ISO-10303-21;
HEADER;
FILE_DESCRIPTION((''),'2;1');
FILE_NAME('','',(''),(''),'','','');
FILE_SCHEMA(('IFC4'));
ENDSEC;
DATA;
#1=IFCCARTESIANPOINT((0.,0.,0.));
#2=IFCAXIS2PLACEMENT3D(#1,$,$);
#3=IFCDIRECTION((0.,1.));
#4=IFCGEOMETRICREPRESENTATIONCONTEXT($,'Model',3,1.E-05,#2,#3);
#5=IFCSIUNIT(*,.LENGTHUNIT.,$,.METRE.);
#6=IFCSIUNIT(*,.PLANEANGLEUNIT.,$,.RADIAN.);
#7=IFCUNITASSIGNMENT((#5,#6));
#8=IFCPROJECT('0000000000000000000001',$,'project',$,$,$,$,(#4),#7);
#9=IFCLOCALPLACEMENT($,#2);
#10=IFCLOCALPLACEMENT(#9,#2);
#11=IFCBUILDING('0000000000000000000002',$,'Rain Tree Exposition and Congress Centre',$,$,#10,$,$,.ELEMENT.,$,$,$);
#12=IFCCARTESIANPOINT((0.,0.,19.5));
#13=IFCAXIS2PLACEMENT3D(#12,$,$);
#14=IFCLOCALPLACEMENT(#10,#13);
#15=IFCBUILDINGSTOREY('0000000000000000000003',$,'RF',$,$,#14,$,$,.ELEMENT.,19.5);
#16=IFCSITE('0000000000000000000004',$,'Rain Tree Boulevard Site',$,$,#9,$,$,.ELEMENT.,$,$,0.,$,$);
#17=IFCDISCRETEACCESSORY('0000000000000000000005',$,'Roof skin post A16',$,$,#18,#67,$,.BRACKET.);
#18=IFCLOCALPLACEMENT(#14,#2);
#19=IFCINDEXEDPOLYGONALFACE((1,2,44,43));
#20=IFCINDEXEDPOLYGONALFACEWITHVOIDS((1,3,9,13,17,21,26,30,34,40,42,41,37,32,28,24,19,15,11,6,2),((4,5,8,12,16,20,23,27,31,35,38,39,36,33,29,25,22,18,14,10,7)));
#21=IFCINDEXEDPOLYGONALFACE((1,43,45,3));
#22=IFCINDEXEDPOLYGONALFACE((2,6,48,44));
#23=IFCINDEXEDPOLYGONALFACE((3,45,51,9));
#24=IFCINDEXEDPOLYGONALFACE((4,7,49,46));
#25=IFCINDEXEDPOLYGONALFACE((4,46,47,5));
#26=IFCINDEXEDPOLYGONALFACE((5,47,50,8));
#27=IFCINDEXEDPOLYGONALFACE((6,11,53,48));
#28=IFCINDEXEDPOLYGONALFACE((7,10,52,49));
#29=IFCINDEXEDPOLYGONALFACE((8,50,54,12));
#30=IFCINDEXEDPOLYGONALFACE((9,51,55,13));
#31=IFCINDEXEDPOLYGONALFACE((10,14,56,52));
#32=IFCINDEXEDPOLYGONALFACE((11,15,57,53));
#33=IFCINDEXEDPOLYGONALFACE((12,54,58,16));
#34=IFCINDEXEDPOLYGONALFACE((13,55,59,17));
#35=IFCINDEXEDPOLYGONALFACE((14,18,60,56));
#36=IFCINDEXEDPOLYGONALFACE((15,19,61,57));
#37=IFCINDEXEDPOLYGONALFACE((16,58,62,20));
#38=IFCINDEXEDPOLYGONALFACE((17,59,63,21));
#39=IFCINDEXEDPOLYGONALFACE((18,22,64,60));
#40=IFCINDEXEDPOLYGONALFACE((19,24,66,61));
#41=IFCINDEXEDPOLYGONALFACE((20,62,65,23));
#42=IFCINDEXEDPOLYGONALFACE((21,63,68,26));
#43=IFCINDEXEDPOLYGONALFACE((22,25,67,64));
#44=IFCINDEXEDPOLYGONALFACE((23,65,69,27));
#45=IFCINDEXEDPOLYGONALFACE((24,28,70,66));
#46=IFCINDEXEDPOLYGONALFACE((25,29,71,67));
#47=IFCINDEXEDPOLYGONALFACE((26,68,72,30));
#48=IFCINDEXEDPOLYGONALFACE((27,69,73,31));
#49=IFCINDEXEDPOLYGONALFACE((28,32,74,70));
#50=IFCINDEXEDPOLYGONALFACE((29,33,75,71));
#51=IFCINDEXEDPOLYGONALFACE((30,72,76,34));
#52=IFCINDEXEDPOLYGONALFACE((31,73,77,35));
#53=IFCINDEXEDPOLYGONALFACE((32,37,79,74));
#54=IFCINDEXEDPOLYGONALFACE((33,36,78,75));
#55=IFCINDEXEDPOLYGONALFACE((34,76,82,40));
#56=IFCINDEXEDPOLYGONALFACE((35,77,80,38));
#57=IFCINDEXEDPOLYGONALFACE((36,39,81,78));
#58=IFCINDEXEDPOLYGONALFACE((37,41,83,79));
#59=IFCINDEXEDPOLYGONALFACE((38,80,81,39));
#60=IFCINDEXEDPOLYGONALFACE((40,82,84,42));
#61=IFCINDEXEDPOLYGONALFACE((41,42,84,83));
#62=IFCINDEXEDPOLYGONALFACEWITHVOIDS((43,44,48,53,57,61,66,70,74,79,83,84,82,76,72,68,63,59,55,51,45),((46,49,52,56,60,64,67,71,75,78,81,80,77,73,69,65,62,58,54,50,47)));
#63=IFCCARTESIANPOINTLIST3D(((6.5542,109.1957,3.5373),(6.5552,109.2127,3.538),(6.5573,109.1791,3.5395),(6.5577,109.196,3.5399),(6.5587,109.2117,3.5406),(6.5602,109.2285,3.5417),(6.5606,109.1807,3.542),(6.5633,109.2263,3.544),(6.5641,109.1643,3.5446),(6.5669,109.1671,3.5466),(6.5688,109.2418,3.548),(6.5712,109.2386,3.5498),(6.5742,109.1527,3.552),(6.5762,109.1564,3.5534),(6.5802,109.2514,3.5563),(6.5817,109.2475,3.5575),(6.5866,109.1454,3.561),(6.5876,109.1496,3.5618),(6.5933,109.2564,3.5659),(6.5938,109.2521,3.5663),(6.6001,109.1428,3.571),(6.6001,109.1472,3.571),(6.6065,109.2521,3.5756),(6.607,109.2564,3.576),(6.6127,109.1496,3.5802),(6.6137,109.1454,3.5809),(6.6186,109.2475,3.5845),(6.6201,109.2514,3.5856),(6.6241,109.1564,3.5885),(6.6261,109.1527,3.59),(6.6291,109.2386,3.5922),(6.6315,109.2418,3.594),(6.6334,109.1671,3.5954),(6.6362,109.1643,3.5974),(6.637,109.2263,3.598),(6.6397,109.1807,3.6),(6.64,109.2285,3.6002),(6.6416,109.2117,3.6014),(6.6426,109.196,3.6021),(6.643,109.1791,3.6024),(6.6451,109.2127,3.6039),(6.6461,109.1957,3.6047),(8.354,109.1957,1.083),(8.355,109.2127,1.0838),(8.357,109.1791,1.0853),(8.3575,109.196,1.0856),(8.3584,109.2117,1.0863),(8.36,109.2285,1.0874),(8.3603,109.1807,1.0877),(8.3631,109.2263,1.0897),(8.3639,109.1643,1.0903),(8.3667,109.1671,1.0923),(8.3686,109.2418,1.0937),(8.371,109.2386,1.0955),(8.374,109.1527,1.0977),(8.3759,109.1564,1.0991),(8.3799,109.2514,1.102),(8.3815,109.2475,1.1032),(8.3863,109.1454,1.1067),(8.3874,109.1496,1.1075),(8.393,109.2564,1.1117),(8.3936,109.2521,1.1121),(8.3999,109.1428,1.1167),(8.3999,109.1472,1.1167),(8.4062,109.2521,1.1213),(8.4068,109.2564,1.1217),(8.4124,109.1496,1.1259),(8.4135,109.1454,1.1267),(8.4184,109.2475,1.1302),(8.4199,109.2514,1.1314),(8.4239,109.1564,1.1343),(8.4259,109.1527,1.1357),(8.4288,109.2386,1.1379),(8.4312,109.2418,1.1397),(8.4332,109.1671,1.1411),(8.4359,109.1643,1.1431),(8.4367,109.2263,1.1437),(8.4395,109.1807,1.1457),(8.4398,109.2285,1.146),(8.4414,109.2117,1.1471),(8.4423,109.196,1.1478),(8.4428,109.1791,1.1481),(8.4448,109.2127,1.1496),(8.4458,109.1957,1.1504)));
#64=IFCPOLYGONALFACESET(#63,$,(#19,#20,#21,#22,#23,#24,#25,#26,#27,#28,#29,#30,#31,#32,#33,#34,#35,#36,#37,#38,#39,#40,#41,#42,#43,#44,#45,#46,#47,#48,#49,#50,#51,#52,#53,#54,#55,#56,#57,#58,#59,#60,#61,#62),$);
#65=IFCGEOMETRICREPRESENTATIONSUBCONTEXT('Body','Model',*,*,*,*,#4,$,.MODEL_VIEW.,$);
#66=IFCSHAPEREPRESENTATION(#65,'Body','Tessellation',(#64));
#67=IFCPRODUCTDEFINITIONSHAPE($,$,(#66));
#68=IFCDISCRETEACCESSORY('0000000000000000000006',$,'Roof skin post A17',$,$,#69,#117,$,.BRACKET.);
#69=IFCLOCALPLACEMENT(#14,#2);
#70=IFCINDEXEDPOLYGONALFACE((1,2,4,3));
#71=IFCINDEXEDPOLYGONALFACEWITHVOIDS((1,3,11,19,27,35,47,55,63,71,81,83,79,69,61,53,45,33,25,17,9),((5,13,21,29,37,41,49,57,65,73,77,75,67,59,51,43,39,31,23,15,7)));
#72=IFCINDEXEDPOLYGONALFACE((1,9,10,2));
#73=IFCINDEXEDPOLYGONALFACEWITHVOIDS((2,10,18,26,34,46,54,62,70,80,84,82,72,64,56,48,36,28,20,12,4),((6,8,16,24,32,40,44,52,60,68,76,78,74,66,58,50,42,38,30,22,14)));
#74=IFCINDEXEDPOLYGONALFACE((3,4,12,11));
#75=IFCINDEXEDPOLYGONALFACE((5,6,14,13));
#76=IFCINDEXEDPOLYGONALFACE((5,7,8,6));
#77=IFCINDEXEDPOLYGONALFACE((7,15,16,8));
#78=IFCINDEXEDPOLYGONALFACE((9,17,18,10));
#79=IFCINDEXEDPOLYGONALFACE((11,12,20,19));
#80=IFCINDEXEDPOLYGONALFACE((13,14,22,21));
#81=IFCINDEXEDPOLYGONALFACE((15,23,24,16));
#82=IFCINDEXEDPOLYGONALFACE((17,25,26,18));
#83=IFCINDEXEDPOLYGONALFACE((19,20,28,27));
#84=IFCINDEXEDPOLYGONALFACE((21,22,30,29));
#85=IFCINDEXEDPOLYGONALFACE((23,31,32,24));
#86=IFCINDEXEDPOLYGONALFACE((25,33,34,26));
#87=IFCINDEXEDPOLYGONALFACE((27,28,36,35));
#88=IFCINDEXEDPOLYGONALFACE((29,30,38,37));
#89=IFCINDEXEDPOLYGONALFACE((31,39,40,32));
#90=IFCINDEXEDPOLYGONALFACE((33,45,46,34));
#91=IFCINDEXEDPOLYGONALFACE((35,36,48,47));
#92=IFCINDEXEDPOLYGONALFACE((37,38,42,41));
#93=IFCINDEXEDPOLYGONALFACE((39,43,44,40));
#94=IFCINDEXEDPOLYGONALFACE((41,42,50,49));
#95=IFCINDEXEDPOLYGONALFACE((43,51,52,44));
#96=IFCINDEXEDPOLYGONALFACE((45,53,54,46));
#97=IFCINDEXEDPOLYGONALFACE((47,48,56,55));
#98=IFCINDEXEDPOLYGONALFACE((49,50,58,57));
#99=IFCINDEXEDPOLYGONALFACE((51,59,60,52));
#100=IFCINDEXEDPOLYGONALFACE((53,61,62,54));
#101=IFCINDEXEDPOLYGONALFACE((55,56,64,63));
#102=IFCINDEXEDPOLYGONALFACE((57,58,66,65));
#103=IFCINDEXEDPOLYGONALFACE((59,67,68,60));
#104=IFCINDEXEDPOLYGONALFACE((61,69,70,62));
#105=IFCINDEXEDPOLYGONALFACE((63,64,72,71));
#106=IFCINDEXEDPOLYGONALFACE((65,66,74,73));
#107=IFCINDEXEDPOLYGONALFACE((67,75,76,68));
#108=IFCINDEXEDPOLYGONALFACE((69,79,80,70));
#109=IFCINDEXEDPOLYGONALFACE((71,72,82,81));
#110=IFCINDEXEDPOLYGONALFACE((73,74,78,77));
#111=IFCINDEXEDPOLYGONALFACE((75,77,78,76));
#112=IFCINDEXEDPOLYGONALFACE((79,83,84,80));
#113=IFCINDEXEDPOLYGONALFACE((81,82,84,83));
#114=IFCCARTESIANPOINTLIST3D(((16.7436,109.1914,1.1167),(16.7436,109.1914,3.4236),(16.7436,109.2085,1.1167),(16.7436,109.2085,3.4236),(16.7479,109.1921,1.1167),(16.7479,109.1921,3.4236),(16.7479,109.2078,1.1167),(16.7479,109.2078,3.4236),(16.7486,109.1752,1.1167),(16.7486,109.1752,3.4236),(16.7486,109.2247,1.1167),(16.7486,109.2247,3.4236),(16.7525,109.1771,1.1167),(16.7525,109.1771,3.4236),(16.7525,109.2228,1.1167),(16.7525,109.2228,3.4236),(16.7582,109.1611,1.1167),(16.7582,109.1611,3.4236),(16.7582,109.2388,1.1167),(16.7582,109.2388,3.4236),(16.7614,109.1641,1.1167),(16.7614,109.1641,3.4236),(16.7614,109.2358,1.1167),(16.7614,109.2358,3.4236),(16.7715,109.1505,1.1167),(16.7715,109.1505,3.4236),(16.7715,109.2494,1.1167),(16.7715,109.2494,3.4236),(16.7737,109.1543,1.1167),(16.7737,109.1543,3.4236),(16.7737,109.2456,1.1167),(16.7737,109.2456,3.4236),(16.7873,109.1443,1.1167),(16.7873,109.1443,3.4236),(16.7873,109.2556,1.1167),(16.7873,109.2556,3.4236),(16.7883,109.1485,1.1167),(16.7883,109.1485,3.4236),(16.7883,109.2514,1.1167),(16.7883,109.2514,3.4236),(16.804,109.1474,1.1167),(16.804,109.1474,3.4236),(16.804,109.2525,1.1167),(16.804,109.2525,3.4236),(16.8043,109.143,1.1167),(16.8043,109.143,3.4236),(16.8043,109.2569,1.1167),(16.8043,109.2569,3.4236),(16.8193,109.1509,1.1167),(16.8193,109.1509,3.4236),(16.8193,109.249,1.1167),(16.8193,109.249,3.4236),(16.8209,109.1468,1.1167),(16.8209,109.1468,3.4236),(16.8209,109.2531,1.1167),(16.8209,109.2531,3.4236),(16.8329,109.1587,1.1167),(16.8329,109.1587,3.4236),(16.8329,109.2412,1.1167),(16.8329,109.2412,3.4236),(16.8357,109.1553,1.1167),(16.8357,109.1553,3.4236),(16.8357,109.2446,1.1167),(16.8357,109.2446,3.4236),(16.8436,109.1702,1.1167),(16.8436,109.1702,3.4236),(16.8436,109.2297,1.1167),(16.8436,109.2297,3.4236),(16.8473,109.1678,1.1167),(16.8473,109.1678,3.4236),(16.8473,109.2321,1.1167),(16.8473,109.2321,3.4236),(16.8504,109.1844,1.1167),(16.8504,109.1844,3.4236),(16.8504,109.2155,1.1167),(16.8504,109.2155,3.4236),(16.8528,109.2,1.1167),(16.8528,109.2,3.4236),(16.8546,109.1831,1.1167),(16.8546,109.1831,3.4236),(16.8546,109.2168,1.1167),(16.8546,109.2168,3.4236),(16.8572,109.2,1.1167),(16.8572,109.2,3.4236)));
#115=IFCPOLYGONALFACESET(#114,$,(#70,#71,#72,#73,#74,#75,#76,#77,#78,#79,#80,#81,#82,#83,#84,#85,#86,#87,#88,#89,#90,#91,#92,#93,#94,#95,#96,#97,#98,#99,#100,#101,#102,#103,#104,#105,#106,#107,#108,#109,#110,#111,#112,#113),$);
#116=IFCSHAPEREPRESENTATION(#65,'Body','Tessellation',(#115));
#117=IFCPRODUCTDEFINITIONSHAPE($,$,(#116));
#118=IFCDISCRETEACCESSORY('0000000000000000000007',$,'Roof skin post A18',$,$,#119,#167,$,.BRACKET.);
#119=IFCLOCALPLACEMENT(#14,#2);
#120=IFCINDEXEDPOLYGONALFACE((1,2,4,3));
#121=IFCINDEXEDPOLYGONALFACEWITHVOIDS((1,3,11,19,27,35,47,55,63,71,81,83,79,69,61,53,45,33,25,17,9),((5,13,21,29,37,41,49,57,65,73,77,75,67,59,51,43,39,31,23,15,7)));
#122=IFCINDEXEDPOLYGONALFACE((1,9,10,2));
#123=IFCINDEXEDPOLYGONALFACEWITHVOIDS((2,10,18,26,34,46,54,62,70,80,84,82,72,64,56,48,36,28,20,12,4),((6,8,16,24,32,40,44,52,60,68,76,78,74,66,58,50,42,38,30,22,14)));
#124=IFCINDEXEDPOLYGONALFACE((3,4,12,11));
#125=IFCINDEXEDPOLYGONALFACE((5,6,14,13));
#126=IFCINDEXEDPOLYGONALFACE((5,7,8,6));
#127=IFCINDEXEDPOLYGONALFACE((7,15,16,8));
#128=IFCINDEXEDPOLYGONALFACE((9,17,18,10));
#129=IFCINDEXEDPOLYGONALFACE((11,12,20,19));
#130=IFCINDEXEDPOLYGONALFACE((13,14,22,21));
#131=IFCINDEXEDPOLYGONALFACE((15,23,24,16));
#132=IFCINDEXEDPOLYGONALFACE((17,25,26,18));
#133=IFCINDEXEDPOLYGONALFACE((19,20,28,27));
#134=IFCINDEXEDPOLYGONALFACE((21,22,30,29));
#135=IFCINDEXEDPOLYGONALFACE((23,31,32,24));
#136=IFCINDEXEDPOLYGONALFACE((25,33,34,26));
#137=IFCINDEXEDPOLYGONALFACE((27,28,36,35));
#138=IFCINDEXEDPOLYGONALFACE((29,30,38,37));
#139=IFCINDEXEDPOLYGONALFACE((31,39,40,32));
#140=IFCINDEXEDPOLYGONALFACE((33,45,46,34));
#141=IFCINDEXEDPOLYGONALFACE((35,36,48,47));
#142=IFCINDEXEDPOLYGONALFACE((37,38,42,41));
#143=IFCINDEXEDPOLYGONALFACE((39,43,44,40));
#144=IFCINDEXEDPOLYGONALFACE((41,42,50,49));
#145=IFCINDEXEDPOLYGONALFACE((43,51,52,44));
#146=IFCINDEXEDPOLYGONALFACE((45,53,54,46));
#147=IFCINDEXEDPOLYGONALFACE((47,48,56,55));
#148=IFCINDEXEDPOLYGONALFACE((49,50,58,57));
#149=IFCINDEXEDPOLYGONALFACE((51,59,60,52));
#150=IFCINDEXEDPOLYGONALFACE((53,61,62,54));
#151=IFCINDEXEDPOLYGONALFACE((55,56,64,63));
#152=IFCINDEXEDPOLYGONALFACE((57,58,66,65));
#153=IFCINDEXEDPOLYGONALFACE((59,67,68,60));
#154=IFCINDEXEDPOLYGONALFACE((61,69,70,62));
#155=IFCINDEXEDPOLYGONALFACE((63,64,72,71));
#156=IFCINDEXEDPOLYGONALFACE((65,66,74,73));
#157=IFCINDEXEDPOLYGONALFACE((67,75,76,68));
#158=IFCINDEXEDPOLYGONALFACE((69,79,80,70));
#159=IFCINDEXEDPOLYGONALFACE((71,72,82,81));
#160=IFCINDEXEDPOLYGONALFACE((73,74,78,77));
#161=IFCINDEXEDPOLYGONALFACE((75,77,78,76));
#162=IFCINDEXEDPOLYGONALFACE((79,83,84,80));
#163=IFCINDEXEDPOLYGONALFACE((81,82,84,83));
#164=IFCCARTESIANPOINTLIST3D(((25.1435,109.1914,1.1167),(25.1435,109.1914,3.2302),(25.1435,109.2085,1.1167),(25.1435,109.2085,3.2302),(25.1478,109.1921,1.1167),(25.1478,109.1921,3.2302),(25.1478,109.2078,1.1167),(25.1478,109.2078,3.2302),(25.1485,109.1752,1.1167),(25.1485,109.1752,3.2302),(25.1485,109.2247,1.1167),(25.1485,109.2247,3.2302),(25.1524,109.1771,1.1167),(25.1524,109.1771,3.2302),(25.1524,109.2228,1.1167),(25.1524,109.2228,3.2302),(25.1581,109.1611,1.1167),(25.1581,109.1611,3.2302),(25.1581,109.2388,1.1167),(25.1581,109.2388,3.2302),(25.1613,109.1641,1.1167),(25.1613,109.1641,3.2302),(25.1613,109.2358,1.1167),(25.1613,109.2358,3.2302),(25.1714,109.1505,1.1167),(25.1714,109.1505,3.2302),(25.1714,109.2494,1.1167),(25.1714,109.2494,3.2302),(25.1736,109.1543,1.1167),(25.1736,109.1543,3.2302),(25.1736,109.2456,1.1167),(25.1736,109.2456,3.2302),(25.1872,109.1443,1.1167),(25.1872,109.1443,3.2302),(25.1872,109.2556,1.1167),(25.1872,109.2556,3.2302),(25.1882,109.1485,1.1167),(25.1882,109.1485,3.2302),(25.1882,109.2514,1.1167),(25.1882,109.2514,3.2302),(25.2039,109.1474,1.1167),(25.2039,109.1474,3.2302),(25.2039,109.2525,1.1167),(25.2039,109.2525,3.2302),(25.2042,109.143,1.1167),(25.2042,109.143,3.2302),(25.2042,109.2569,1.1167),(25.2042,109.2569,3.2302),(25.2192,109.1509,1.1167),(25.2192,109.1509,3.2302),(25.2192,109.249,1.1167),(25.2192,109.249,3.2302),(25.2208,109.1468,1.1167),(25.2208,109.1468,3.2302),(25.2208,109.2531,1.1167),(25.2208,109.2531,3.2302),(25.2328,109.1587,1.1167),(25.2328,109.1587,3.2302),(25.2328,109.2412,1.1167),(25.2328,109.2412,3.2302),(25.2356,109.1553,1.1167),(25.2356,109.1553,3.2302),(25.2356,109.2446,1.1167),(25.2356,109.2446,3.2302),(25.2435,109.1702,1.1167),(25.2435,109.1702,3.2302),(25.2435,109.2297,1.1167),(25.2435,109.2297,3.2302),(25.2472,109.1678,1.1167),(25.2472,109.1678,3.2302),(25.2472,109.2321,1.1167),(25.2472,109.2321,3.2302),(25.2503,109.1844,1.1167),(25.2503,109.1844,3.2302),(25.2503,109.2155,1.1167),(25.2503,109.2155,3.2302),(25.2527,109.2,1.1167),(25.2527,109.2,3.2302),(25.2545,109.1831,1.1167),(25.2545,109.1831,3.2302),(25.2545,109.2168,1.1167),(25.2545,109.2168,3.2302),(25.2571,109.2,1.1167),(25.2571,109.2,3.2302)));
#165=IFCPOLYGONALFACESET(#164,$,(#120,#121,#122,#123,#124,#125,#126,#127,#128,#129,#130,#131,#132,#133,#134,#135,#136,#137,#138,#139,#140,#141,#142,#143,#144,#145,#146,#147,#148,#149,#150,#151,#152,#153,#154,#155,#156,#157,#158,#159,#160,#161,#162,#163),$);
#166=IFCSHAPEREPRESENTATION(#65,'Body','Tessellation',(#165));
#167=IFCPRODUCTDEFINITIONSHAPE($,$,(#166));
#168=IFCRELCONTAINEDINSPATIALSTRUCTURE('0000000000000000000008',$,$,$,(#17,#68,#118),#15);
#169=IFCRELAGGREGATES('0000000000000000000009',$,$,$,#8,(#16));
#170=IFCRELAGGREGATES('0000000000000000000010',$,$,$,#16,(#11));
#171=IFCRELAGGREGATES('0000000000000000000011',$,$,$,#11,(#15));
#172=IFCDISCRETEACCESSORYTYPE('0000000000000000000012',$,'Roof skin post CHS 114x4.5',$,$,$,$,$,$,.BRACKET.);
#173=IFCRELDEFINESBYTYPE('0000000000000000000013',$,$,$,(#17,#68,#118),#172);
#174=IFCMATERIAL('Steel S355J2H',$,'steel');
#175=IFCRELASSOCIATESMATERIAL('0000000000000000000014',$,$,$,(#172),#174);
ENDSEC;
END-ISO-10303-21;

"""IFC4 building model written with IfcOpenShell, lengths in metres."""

from ifc_helpers import new_model, si_unit, direction, frame, origin, origin_2d, place, context, subcontext, project, spatial, hollow_circle, extrude, material, material_profile, profile_set, type_object, element, save


model = new_model("IFC4")

# Units and contexts
model_context = context("Model", 3, precision=1e-05, world=origin(), true_north=direction((0.0, 1.0)))
body_context = subcontext(model_context, "Body", "Model", "MODEL_VIEW")
ifc_project = project(units=[si_unit("LENGTHUNIT", "METRE"), si_unit("PLANEANGLEUNIT", "RADIAN")], contexts=[model_context])

# Site, building, storey
site_placement = place(None, origin())
site = spatial("IfcSite", under=ifc_project, at=site_placement, Name="Rain Tree Boulevard Site", CompositionType="ELEMENT", RefElevation=0.0)
building_placement = place(site_placement, origin())
building = spatial("IfcBuilding", under=site, at=building_placement, Name="Rain Tree Exposition and Congress Centre", CompositionType="ELEMENT")
storey_placement = place(building_placement, frame((0.0, 0.0, 19.5)))
storey = spatial("IfcBuildingStorey", under=building, at=storey_placement, Name="RF", CompositionType="ELEMENT", Elevation=19.5)

# Discrete accessories
ifc_material_1 = material(Name="Steel S355J2H", Category="steel")
ifc_material_profile_1 = material_profile(ifc_material_1, hollow_circle(Radius=0.0571, WallThickness=0.0044, at=origin_2d()), Name="CHS 114x4.5")
ifc_profile_set_1 = profile_set([ifc_material_profile_1], Name="Steel S355J2H")
discrete_accessory_type_1 = type_object("IfcDiscreteAccessoryType", Name="Roof skin post CHS 114x4.5", PredefinedType="BRACKET", material=ifc_profile_set_1)
discrete_accessory_1_placement = place(storey_placement, frame((8.3999, 109.2, 1.1167), z_axis=(-0.591353, 0.0, 0.806413), x_axis=(0.0, -1.0, 0.0)))
element("IfcDiscreteAccessory", 1, at=discrete_accessory_1_placement, inside=storey, type_object=discrete_accessory_type_1, Name="Roof skin post A16", PredefinedType="BRACKET", context=body_context, shape_type="SweptSolid", body=[
    extrude(hollow_circle(Radius=0.0571, WallThickness=0.0044, at=origin_2d()), origin(), (0.0, 0.0, 1.0), 3.0435),
])
discrete_accessory_2_placement = place(storey_placement, frame((16.8, 109.2, 1.1167), z_axis=(0.0, 0.0, 1.0), x_axis=(1.0, 0.0, 0.0)))
element("IfcDiscreteAccessory", 2, at=discrete_accessory_2_placement, inside=storey, type_object=discrete_accessory_type_1, Name="Roof skin post A17", PredefinedType="BRACKET", context=body_context, shape_type="SweptSolid", body=[
    extrude(hollow_circle(Radius=0.0571, WallThickness=0.0044, at=origin_2d()), origin(), (0.0, 0.0, 1.0), 2.3069),
])
discrete_accessory_3_placement = place(storey_placement, frame((25.2, 109.2, 1.1167), z_axis=(0.0, 0.0, 1.0), x_axis=(1.0, 0.0, 0.0)))
element("IfcDiscreteAccessory", 3, at=discrete_accessory_3_placement, inside=storey, type_object=discrete_accessory_type_1, Name="Roof skin post A18", PredefinedType="BRACKET", context=body_context, shape_type="SweptSolid", body=[
    extrude(hollow_circle(Radius=0.0571, WallThickness=0.0044, at=origin_2d()), origin(), (0.0, 0.0, 1.0), 2.1135),
])

save(model, "model.ifc")
